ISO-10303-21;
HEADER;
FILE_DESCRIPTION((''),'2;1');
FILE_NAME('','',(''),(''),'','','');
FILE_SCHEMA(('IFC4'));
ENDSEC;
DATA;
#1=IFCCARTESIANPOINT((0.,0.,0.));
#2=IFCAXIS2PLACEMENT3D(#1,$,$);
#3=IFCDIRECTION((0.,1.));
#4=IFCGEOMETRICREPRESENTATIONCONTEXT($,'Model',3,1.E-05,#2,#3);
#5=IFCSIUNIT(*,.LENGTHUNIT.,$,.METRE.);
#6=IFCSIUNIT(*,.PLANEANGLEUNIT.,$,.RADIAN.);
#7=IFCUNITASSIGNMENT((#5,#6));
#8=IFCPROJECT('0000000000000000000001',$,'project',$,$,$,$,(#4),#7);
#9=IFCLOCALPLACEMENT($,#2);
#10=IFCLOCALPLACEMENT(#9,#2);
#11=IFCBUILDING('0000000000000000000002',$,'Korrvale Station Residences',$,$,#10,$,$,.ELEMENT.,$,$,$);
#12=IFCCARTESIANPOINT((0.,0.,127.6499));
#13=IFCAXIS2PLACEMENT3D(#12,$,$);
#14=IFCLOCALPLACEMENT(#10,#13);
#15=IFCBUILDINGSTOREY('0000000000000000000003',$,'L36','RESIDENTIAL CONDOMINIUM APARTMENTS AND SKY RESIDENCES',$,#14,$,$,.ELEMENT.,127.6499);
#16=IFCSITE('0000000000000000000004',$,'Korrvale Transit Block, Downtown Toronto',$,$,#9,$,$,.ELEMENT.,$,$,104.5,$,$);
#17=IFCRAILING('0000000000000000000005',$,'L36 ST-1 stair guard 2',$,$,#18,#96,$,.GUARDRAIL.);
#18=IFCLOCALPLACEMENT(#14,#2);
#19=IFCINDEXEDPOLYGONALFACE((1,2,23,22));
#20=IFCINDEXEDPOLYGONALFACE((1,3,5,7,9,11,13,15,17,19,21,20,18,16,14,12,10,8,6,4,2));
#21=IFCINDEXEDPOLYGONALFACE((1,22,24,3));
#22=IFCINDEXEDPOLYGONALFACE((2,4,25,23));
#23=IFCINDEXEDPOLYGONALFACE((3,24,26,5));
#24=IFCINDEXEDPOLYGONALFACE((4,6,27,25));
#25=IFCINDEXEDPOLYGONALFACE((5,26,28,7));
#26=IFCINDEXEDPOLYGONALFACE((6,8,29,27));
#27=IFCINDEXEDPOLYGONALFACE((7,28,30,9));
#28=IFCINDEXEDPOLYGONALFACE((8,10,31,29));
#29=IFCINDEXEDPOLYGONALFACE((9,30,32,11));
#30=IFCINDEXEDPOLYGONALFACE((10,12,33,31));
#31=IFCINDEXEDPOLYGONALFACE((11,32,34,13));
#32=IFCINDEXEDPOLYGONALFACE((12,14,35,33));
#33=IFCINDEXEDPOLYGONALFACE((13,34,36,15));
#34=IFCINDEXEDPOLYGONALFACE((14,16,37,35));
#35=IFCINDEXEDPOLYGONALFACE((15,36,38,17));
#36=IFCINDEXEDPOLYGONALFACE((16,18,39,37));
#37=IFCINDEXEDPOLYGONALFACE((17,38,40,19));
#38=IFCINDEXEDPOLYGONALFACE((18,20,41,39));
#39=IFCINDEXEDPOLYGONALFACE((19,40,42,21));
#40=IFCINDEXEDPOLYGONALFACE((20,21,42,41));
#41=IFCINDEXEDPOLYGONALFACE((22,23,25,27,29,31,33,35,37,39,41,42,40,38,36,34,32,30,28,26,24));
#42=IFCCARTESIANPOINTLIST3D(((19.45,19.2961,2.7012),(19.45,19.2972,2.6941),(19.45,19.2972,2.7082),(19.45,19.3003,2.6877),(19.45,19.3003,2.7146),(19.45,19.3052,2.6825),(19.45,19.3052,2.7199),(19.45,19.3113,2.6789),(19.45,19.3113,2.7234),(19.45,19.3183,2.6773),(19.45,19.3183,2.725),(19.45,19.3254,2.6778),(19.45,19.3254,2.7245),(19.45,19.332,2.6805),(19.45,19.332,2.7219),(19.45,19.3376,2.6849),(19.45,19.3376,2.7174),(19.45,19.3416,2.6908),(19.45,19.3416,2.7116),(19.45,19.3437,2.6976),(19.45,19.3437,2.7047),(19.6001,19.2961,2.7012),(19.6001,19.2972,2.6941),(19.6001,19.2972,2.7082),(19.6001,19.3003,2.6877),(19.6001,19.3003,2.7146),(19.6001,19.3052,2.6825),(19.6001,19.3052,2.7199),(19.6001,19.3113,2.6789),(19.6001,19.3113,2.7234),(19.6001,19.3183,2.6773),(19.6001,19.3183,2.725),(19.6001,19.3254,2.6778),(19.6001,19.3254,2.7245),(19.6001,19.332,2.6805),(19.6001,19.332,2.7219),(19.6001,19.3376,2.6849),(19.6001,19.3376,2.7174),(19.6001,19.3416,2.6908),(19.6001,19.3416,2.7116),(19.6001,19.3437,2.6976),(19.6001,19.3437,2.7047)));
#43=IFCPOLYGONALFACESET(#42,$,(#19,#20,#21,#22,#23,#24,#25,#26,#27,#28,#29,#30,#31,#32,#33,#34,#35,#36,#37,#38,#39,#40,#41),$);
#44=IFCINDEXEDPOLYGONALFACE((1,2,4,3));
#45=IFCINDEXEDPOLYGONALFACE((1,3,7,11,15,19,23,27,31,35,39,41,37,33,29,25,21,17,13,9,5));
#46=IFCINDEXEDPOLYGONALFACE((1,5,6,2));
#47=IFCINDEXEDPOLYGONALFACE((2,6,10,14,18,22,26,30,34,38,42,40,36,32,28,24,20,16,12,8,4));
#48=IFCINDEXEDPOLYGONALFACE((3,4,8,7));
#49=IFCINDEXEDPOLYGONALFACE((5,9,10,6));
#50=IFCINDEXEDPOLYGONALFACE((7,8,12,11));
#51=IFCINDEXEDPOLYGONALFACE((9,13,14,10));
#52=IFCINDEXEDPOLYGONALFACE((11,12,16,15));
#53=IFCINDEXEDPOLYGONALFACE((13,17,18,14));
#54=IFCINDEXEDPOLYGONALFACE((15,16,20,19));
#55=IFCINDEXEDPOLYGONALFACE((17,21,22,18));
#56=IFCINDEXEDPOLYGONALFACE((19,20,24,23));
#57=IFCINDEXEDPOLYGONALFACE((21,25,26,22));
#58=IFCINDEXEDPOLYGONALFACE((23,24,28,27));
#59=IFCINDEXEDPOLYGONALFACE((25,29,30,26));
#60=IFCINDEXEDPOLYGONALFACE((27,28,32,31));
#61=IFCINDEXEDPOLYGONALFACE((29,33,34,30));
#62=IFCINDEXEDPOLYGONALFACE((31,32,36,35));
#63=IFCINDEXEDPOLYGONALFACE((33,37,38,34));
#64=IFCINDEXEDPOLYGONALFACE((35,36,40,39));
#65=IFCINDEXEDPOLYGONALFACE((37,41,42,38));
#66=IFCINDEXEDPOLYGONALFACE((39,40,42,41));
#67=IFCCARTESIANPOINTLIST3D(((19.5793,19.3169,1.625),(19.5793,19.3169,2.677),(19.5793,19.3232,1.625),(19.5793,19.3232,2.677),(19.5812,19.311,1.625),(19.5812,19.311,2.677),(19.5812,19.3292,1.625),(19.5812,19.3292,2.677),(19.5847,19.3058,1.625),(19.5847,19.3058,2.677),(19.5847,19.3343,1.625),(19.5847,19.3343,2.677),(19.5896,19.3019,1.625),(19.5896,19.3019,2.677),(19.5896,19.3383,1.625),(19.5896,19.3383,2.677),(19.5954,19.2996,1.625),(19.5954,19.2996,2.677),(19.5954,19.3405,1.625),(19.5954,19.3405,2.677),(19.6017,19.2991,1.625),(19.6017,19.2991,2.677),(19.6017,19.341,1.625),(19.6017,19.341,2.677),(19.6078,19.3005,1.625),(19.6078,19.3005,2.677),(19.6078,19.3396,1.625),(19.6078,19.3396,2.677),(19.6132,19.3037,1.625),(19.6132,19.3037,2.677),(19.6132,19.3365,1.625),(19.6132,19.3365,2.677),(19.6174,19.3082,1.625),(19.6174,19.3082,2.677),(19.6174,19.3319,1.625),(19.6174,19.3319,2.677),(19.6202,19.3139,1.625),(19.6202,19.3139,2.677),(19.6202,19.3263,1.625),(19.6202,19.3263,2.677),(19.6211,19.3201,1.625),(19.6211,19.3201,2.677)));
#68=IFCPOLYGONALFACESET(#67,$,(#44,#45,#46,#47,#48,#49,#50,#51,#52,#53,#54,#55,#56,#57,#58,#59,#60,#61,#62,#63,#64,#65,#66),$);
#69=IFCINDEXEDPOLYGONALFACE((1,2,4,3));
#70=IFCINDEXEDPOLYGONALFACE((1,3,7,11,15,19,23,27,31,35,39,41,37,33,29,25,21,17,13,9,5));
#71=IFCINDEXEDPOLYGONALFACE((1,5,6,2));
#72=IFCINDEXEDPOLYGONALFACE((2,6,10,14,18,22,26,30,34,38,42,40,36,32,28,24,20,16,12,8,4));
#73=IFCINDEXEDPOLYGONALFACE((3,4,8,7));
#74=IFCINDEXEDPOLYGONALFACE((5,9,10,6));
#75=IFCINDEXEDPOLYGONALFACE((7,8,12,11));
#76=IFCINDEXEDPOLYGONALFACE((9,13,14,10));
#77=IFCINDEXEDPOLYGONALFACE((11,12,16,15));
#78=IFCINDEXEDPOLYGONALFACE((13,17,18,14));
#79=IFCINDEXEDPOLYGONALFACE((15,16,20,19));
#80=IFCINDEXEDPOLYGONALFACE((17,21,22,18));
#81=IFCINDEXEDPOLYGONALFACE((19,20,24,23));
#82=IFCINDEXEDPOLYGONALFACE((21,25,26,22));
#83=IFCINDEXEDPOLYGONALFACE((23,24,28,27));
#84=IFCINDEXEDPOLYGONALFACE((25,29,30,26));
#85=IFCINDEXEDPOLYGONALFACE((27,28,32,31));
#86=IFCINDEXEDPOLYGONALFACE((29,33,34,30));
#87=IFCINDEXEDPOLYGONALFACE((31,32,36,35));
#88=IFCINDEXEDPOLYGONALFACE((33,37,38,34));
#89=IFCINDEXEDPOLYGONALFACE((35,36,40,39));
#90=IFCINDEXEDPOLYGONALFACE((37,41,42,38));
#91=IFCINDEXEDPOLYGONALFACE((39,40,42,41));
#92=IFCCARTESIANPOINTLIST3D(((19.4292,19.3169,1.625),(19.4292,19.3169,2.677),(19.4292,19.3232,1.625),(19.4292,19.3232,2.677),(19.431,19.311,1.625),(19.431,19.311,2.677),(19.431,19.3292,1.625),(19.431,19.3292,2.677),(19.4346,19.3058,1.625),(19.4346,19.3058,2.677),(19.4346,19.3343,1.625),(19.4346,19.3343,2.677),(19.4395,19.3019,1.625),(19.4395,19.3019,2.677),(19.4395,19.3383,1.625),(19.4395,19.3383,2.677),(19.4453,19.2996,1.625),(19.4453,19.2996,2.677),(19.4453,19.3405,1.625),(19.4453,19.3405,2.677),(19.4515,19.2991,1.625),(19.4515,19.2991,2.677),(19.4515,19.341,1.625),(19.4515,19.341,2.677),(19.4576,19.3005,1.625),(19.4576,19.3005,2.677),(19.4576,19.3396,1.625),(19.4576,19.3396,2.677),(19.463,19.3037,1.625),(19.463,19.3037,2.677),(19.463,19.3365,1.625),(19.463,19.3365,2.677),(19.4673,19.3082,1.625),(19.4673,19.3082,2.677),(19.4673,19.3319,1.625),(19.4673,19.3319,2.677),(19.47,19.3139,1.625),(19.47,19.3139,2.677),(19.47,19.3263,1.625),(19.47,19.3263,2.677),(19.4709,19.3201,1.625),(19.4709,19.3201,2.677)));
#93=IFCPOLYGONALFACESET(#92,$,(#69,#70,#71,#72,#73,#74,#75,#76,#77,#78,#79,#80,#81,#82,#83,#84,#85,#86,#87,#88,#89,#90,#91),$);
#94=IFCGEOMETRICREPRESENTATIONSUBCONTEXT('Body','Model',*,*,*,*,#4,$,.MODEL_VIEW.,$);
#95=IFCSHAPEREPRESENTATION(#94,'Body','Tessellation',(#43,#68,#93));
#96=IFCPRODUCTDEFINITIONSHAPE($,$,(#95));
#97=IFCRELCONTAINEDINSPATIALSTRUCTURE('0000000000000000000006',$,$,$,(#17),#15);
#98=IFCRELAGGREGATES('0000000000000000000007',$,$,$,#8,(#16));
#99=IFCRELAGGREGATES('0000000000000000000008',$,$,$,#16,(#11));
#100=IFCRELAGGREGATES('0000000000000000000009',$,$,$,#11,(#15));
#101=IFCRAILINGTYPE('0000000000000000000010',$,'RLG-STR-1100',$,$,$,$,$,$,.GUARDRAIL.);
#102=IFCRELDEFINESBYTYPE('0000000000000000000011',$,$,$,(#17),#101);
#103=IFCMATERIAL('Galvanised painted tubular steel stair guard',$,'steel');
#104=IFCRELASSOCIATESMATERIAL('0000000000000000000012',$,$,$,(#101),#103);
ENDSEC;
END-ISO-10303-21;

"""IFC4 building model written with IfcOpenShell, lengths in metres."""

from ifc_helpers import new_model, si_unit, direction, frame, origin, origin_2d, place, context, subcontext, project, spatial, circle, extrude, material, type_object, element, save


model = new_model("IFC4")

# Units and contexts
model_context = context("Model", 3, precision=1e-05, world=origin(), true_north=direction((0.0, 1.0)))
body_context = subcontext(model_context, "Body", "Model", "MODEL_VIEW")
ifc_project = project(units=[si_unit("LENGTHUNIT", "METRE"), si_unit("PLANEANGLEUNIT", "RADIAN")], contexts=[model_context])

# Site, building, storey
site_placement = place(None, origin())
site = spatial("IfcSite", under=ifc_project, at=site_placement, Name="Korrvale Transit Block, Downtown Toronto", CompositionType="ELEMENT", RefElevation=104.5)
building_placement = place(site_placement, origin())
building = spatial("IfcBuilding", under=site, at=building_placement, Name="Korrvale Station Residences", CompositionType="ELEMENT")
storey_placement = place(building_placement, frame((0.0, 0.0, 127.6499)))
storey = spatial("IfcBuildingStorey", under=building, at=storey_placement, Name="L36", Description="RESIDENTIAL CONDOMINIUM APARTMENTS AND SKY RESIDENCES", CompositionType="ELEMENT", Elevation=127.6499)

# Railing
ifc_material_1 = material(Name="Galvanised painted tubular steel stair guard", Category="steel")
railing_type_1 = type_object("IfcRailingType", Name="RLG-STR-1100", PredefinedType="GUARDRAIL", material=ifc_material_1)
railing_1_placement = place(storey_placement, frame((19.6001, 19.3201, 1.625)))
element("IfcRailing", 1, at=railing_1_placement, inside=storey, type_object=railing_type_1, Name="L36 ST-1 stair guard 2", PredefinedType="GUARDRAIL", context=body_context, shape_type="SweptSolid", body=[
    extrude(circle(Radius=0.0239, at=origin_2d()), frame((0.0, 0.0, 1.0762), z_axis=(-1.0, 0.0, 0.0), x_axis=(0.0, -1.0, 0.0)), (0.0, 0.0, 1.0), 0.1501),
    extrude(circle(Radius=0.021, at=origin_2d()), origin(), (0.0, 0.0, 1.0), 1.052),
    extrude(circle(Radius=0.021, at=origin_2d()), frame((-0.1501, 0.0, 0.0)), (0.0, 0.0, 1.0), 1.052),
])

save(model, "model.ifc")
